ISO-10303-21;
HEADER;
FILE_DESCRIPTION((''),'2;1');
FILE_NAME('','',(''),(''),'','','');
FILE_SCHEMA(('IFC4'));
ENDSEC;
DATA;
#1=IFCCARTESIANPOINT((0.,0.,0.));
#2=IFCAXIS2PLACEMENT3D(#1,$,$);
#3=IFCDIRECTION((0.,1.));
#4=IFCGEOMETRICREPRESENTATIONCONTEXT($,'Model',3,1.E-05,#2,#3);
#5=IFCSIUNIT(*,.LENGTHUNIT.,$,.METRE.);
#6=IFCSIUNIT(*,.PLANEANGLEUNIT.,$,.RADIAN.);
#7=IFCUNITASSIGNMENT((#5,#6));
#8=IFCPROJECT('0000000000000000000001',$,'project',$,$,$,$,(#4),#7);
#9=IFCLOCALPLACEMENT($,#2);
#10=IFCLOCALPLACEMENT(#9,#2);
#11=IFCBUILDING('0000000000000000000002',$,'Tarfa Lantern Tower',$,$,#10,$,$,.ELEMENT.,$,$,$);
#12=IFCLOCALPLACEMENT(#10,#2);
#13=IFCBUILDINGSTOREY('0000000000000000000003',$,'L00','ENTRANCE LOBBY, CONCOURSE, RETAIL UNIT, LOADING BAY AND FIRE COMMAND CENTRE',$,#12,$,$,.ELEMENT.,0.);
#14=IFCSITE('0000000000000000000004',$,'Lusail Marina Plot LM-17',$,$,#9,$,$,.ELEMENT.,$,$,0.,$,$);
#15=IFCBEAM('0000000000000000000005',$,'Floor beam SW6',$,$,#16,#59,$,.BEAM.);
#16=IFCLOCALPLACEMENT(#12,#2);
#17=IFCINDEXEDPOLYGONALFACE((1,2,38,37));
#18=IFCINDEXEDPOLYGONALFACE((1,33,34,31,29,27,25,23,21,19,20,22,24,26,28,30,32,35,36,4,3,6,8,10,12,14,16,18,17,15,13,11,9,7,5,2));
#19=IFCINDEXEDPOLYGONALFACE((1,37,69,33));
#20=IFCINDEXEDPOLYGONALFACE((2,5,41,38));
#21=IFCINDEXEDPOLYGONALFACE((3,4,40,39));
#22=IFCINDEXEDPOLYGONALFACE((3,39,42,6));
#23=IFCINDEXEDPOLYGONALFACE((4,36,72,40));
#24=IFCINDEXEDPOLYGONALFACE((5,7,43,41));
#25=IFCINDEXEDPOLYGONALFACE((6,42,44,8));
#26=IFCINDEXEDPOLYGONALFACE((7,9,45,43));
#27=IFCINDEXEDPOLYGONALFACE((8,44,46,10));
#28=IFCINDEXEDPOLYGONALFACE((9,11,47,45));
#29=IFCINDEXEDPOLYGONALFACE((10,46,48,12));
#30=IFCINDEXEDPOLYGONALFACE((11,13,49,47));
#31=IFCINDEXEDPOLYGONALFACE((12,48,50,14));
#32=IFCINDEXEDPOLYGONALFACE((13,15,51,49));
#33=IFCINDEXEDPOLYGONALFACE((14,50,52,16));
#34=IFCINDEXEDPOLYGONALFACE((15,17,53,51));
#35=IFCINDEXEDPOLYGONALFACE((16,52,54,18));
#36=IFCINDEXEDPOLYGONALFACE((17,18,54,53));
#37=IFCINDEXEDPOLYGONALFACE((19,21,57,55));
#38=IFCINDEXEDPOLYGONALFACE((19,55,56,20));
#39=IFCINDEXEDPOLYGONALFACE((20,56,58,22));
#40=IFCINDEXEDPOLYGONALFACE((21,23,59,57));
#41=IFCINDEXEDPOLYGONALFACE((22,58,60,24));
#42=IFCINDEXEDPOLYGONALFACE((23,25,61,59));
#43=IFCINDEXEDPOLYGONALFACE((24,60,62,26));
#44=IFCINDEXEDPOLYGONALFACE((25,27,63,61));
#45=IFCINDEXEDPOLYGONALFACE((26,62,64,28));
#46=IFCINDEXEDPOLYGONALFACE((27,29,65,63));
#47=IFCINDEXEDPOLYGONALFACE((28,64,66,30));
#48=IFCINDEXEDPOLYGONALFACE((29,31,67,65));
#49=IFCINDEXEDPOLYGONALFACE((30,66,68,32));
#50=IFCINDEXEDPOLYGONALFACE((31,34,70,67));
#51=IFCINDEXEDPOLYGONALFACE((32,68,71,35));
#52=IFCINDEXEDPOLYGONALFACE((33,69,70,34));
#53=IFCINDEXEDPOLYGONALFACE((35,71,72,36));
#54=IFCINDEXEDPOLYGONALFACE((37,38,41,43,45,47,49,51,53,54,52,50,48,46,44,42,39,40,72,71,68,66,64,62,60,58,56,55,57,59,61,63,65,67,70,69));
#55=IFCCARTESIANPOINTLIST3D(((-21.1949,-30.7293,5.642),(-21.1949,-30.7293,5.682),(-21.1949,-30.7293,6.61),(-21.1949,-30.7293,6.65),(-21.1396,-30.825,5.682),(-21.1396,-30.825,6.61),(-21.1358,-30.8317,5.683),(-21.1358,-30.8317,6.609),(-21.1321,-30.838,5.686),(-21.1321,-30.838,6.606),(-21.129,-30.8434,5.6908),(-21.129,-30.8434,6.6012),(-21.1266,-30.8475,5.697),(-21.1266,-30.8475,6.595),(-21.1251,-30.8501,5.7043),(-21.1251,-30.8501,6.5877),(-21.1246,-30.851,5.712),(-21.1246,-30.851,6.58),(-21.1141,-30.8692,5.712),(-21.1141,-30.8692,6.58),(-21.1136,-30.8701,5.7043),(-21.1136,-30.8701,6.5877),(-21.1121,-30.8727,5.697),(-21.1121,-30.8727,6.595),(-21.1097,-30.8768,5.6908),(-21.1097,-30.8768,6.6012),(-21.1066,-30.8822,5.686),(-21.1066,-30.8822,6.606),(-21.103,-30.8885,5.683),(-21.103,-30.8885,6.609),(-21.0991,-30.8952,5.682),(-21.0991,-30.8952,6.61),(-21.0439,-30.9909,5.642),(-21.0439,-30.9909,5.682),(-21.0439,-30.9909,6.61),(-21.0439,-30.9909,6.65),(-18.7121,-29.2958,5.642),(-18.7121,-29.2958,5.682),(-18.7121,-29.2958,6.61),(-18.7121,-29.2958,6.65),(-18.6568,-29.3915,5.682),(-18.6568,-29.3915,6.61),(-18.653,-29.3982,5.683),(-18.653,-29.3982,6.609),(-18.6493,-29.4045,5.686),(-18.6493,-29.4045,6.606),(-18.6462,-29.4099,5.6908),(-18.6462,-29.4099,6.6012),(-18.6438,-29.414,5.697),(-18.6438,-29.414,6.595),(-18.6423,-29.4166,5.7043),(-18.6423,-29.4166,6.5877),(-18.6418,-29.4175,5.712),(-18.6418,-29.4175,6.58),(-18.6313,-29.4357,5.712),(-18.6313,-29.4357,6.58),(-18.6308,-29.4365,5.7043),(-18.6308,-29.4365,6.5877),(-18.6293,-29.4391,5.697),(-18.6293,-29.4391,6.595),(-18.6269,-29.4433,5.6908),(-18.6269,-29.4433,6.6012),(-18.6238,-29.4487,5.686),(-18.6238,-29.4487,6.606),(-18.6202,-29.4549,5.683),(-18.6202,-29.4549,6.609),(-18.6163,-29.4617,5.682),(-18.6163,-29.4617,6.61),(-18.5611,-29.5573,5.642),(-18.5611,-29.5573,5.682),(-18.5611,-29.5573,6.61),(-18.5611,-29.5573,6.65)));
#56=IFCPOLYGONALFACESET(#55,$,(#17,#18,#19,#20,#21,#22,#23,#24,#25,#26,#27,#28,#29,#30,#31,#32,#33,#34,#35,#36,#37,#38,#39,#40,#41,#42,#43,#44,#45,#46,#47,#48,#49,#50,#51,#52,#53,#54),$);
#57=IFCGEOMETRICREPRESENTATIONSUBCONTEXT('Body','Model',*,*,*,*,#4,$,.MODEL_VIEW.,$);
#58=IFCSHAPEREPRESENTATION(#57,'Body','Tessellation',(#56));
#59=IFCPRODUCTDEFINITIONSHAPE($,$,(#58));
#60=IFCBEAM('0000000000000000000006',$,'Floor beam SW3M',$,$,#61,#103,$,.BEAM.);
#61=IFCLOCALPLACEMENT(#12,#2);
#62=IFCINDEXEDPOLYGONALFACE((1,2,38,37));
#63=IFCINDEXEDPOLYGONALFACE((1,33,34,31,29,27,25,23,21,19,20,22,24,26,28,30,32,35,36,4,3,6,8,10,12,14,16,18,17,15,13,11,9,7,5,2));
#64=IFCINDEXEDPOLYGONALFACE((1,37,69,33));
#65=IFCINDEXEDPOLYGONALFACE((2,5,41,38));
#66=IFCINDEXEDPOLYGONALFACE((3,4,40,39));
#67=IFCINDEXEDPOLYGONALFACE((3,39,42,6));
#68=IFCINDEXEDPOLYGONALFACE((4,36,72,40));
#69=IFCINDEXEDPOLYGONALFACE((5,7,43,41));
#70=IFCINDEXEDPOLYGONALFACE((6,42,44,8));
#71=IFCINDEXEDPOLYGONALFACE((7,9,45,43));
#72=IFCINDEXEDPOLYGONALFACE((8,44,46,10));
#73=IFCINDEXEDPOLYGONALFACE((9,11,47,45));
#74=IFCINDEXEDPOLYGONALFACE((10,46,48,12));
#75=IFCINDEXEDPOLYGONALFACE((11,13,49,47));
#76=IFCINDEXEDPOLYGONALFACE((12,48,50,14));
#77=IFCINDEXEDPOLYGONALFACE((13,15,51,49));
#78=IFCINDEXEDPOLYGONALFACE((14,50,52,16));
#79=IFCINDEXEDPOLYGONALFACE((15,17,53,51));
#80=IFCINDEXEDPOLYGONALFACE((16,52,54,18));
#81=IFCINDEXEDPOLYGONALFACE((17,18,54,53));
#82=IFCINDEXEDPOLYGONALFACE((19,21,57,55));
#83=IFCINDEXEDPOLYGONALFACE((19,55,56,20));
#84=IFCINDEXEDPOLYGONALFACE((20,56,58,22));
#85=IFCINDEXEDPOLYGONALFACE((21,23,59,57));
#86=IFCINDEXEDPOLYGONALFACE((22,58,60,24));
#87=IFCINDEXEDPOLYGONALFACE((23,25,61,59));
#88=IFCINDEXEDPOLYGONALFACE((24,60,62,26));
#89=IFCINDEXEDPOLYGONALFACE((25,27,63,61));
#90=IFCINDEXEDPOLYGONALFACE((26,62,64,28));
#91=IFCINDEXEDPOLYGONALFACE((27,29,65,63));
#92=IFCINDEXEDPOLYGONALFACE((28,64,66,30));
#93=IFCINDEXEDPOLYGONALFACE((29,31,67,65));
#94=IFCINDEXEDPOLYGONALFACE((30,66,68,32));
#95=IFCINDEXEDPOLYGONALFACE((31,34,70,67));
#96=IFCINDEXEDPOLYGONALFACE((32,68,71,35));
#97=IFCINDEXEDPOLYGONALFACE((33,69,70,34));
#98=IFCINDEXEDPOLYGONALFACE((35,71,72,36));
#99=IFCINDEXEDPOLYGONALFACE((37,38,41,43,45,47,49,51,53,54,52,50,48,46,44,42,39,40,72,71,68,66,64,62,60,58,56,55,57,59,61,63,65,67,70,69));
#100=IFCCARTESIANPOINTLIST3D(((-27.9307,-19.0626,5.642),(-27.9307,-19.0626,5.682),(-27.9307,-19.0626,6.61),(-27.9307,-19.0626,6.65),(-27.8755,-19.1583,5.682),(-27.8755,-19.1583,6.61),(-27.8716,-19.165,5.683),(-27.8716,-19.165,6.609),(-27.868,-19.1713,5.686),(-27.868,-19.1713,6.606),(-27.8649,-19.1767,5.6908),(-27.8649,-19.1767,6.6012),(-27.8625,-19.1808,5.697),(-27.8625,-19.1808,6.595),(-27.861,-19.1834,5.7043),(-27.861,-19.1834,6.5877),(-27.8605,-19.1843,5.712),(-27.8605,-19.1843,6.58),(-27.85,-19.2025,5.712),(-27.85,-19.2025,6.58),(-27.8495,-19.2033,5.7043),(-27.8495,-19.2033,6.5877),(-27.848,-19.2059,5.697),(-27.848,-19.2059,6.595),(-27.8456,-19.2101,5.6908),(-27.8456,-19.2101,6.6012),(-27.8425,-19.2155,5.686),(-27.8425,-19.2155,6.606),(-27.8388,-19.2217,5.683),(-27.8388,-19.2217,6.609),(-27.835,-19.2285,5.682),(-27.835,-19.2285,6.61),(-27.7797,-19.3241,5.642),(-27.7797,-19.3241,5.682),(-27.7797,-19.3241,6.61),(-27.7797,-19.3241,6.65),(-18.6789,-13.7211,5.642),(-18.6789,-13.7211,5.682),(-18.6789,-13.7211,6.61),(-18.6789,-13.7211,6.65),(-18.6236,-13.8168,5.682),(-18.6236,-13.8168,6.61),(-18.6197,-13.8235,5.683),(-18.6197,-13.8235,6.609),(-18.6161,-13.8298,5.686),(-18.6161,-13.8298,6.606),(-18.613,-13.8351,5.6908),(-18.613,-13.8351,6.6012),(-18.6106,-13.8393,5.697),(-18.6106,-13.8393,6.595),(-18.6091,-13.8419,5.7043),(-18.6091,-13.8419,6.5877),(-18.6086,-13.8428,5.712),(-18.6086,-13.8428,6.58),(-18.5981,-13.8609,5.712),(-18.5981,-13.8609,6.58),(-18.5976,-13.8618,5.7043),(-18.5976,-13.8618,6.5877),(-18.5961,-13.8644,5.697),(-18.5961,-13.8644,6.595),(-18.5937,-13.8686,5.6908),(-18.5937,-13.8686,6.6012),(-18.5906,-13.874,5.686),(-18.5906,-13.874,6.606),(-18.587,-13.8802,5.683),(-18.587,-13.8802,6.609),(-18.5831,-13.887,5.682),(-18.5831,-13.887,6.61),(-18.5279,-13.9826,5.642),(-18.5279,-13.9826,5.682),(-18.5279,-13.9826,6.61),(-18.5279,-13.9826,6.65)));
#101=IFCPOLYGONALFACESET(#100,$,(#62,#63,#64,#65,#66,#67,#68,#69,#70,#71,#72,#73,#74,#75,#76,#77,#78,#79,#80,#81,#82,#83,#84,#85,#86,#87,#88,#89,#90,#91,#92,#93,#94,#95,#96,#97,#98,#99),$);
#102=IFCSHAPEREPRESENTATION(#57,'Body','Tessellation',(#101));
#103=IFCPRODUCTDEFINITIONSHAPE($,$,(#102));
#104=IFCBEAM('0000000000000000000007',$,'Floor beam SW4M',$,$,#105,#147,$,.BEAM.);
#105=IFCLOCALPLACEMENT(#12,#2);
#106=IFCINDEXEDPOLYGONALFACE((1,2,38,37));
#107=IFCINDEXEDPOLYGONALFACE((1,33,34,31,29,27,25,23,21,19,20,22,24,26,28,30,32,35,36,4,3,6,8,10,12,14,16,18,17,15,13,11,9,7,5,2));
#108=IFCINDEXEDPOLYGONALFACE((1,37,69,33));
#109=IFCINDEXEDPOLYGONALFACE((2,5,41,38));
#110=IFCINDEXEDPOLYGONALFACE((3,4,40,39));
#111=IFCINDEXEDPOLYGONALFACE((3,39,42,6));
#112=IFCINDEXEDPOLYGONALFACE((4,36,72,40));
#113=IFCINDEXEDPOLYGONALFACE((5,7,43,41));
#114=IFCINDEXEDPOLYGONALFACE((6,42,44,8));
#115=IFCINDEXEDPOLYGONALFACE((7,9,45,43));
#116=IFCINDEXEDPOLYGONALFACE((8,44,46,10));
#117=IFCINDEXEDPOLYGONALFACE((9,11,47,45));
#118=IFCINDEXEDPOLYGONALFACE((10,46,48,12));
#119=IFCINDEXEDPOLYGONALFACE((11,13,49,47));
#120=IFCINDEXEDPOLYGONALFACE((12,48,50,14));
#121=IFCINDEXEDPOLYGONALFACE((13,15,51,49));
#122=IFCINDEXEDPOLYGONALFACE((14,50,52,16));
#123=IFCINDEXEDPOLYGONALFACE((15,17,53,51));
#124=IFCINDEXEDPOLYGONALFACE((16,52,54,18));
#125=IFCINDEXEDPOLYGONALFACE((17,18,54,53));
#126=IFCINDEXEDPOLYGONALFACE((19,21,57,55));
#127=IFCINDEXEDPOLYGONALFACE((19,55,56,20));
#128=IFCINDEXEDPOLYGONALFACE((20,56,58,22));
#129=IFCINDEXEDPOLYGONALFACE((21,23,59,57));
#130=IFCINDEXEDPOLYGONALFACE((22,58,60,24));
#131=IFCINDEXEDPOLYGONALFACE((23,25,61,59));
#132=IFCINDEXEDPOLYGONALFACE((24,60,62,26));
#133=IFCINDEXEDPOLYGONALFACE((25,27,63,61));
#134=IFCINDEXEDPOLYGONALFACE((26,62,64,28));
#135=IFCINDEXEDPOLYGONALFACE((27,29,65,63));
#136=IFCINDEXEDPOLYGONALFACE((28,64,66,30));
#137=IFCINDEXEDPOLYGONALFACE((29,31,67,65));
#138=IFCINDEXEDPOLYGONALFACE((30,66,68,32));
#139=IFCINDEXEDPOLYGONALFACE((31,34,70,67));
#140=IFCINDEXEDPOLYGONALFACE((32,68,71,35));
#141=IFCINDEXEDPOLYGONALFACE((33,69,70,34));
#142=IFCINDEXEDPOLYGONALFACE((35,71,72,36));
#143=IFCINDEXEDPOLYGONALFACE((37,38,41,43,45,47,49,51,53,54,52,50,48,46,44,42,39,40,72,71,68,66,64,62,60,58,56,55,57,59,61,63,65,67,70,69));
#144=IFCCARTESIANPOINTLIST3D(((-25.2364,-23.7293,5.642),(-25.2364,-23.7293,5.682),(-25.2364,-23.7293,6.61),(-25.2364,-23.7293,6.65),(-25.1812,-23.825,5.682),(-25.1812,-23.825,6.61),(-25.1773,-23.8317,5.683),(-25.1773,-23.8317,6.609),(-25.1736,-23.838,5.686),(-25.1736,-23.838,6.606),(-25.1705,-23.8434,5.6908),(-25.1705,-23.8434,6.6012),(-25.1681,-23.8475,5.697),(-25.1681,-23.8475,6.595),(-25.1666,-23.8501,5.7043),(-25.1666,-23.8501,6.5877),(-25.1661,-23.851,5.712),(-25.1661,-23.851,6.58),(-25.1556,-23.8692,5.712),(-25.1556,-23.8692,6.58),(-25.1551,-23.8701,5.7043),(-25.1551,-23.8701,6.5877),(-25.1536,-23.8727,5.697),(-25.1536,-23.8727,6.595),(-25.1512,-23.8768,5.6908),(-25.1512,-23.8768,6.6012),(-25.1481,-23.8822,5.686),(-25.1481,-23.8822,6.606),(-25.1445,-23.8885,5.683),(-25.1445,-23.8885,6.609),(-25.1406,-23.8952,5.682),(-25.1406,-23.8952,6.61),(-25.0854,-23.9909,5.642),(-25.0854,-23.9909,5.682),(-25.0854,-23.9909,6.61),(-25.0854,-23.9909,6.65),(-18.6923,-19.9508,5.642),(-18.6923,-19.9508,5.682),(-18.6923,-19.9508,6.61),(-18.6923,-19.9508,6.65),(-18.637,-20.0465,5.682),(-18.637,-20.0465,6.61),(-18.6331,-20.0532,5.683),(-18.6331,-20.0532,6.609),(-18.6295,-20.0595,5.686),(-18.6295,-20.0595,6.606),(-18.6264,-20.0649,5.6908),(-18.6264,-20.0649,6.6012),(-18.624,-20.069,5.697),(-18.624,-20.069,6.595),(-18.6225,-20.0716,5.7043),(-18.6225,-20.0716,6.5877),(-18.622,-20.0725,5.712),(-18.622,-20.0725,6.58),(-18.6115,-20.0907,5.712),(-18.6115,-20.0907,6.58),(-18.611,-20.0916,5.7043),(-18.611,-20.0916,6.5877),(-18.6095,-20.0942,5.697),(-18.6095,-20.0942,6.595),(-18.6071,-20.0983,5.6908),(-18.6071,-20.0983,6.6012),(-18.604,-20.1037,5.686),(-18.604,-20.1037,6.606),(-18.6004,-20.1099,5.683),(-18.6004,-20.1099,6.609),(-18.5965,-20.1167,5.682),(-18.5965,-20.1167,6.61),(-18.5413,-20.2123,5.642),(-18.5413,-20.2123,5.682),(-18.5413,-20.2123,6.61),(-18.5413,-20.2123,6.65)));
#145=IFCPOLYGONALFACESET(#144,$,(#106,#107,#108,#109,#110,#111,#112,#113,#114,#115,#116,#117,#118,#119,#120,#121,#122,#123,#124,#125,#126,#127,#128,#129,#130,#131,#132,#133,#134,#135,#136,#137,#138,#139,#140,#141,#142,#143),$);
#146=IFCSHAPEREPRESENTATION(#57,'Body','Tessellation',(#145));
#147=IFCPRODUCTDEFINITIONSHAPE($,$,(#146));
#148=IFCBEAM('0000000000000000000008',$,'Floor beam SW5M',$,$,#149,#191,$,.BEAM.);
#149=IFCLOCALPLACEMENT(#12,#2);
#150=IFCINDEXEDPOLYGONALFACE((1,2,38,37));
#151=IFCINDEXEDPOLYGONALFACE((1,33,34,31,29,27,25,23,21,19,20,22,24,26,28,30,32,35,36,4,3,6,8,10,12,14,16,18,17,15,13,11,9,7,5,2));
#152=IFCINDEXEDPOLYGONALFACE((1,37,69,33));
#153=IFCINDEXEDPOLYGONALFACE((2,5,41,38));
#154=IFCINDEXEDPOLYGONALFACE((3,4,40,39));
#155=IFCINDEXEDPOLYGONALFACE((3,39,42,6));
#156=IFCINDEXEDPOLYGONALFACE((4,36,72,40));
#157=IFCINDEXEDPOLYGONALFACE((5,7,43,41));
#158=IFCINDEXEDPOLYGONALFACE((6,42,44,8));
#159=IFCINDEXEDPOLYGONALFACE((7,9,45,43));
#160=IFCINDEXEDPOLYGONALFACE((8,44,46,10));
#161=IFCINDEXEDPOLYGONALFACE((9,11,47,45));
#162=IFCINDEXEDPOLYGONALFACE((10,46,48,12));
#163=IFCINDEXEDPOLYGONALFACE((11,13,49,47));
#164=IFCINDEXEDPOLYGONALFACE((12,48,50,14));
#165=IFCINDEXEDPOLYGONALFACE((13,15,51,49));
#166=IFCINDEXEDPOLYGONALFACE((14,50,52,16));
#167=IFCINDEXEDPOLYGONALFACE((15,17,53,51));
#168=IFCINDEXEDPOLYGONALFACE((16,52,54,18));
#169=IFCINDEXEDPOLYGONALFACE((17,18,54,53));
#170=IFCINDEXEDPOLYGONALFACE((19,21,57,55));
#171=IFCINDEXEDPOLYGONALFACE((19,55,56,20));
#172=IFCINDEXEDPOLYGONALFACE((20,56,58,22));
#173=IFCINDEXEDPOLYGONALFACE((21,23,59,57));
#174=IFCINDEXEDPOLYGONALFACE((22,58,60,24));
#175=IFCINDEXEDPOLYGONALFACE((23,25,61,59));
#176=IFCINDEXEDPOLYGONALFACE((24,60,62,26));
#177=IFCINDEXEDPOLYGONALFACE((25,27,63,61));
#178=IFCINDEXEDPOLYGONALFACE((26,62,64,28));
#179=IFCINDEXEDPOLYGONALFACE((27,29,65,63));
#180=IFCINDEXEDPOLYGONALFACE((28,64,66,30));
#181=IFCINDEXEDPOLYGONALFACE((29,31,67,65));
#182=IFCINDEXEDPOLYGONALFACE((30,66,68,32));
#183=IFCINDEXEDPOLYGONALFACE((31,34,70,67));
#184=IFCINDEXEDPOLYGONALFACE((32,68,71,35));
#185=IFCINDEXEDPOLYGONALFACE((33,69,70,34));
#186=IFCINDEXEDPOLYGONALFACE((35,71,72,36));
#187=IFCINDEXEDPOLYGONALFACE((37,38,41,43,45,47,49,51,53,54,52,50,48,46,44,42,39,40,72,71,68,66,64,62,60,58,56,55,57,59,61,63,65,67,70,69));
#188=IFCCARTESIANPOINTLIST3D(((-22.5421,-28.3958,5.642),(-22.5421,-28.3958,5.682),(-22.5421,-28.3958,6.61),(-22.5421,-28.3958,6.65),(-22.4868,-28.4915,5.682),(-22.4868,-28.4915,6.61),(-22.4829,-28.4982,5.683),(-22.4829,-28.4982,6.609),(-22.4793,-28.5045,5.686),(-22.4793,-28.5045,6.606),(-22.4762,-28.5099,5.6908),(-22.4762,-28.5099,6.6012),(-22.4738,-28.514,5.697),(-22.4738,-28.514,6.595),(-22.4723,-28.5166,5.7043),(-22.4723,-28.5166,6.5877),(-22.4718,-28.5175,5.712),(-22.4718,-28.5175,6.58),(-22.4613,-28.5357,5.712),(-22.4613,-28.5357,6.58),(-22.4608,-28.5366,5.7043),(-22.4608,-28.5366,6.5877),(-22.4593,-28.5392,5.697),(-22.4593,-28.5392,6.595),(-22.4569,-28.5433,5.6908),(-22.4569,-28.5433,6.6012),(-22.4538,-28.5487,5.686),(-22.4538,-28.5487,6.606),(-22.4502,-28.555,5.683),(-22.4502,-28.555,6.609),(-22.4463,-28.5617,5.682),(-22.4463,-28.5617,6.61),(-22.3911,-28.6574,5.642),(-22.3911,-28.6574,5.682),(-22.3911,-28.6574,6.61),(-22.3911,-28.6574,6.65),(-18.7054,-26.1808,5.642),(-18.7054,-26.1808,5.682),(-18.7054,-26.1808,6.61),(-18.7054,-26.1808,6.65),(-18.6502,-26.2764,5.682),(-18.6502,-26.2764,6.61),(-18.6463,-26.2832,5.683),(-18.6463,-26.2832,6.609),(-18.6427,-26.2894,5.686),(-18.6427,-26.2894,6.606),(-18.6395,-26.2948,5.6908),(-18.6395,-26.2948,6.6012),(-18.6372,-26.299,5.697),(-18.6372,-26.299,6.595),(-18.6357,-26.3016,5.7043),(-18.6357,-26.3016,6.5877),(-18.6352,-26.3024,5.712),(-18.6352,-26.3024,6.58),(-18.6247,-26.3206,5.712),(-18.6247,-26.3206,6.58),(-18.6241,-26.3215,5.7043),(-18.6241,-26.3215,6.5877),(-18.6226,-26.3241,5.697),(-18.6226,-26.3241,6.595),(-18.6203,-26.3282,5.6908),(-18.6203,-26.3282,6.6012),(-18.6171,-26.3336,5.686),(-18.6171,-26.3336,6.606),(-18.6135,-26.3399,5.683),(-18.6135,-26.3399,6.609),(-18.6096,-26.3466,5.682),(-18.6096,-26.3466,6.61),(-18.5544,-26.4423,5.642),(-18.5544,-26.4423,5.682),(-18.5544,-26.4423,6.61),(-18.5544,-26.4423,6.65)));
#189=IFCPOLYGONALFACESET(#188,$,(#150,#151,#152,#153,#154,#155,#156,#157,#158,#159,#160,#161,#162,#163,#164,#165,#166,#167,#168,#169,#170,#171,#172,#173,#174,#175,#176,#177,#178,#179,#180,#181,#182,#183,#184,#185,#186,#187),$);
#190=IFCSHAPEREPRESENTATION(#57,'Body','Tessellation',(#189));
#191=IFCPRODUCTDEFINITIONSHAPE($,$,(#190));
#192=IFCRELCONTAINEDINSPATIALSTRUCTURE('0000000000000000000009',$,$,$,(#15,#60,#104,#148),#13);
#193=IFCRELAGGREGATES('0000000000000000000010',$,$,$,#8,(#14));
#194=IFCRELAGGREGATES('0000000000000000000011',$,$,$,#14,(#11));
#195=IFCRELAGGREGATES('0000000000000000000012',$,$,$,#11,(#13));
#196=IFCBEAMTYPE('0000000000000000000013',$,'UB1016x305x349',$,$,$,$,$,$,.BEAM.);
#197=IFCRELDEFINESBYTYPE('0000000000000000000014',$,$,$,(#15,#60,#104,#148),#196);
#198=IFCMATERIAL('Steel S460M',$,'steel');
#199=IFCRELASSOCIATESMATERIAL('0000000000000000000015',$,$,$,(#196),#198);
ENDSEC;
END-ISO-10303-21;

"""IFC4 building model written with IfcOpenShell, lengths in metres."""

from ifc_helpers import new_model, si_unit, direction, frame, origin, origin_2d, place, context, subcontext, project, spatial, i_section, extrude, material, material_profile, profile_set, type_object, element, save


model = new_model("IFC4")

# Units and contexts
model_context = context("Model", 3, precision=1e-05, world=origin(), true_north=direction((0.0, 1.0)))
body_context = subcontext(model_context, "Body", "Model", "MODEL_VIEW")
ifc_project = project(units=[si_unit("LENGTHUNIT", "METRE"), si_unit("PLANEANGLEUNIT", "RADIAN")], contexts=[model_context])

# Site, building, storey
site_placement = place(None, origin())
site = spatial("IfcSite", under=ifc_project, at=site_placement, Name="Lusail Marina Plot LM-17", CompositionType="ELEMENT", RefElevation=0.0)
building_placement = place(site_placement, origin())
building = spatial("IfcBuilding", under=site, at=building_placement, Name="Tarfa Lantern Tower", CompositionType="ELEMENT")
storey_placement = place(building_placement, origin())
storey = spatial("IfcBuildingStorey", under=building, at=storey_placement, Name="L00", Description="ENTRANCE LOBBY, CONCOURSE, RETAIL UNIT, LOADING BAY AND FIRE COMMAND CENTRE", CompositionType="ELEMENT", Elevation=0.0)

# Beams
ifc_material_1 = material(Name="Steel S460M", Category="steel")
ifc_material_profile_1 = material_profile(ifc_material_1, i_section(OverallWidth=0.302, OverallDepth=1.0081, WebThickness=0.021, FlangeThickness=0.04, FilletRadius=0.03, at=origin_2d()), Name="UB1016x305x349")
ifc_profile_set_1 = profile_set([ifc_material_profile_1], Name="Steel S460M")
beam_type_1 = type_object("IfcBeamType", Name="UB1016x305x349", PredefinedType="BEAM", material=ifc_profile_set_1)
beam_1_placement = place(storey_placement, frame((-21.1194, -30.8601, 6.146), z_axis=(0.866013, 0.500022, 0.0), x_axis=(-0.500022, 0.866013, 0.0)))
element("IfcBeam", 1, at=beam_1_placement, inside=storey, type_object=beam_type_1, Name="Floor beam SW6", PredefinedType="BEAM", context=body_context, shape_type="SweptSolid", body=[
    extrude(i_section(OverallWidth=0.302, OverallDepth=1.0081, WebThickness=0.021, FlangeThickness=0.04, FilletRadius=0.03, at=origin_2d()), origin(), (0.0, 0.0, 1.0), 2.8669),
])
beam_2_placement = place(storey_placement, frame((-27.8552, -19.1934, 6.146), z_axis=(0.866028, 0.499995, 0.0), x_axis=(-0.499995, 0.866028, 0.0)))
element("IfcBeam", 2, at=beam_2_placement, inside=storey, type_object=beam_type_1, Name="Floor beam SW3M", PredefinedType="BEAM", context=body_context, shape_type="SweptSolid", body=[
    extrude(i_section(OverallWidth=0.302, OverallDepth=1.0081, WebThickness=0.021, FlangeThickness=0.04, FilletRadius=0.03, at=origin_2d()), origin(), (0.0, 0.0, 1.0), 10.6831),
])
beam_3_placement = place(storey_placement, frame((-25.1609, -23.8601, 6.146), z_axis=(0.86601, 0.500027, 0.0), x_axis=(-0.500027, 0.86601, 0.0)))
element("IfcBeam", 3, at=beam_3_placement, inside=storey, type_object=beam_type_1, Name="Floor beam SW4M", PredefinedType="BEAM", context=body_context, shape_type="SweptSolid", body=[
    extrude(i_section(OverallWidth=0.302, OverallDepth=1.0081, WebThickness=0.021, FlangeThickness=0.04, FilletRadius=0.03, at=origin_2d()), origin(), (0.0, 0.0, 1.0), 7.5566),
])
beam_4_placement = place(storey_placement, frame((-22.4666, -28.5266, 6.146), z_axis=(0.866027, 0.499998, 0.0), x_axis=(-0.499998, 0.866027, 0.0)))
element("IfcBeam", 4, at=beam_4_placement, inside=storey, type_object=beam_type_1, Name="Floor beam SW5M", PredefinedType="BEAM", context=body_context, shape_type="SweptSolid", body=[
    extrude(i_section(OverallWidth=0.302, OverallDepth=1.0081, WebThickness=0.021, FlangeThickness=0.04, FilletRadius=0.03, at=origin_2d()), origin(), (0.0, 0.0, 1.0), 4.4302),
])

save(model, "model.ifc")
